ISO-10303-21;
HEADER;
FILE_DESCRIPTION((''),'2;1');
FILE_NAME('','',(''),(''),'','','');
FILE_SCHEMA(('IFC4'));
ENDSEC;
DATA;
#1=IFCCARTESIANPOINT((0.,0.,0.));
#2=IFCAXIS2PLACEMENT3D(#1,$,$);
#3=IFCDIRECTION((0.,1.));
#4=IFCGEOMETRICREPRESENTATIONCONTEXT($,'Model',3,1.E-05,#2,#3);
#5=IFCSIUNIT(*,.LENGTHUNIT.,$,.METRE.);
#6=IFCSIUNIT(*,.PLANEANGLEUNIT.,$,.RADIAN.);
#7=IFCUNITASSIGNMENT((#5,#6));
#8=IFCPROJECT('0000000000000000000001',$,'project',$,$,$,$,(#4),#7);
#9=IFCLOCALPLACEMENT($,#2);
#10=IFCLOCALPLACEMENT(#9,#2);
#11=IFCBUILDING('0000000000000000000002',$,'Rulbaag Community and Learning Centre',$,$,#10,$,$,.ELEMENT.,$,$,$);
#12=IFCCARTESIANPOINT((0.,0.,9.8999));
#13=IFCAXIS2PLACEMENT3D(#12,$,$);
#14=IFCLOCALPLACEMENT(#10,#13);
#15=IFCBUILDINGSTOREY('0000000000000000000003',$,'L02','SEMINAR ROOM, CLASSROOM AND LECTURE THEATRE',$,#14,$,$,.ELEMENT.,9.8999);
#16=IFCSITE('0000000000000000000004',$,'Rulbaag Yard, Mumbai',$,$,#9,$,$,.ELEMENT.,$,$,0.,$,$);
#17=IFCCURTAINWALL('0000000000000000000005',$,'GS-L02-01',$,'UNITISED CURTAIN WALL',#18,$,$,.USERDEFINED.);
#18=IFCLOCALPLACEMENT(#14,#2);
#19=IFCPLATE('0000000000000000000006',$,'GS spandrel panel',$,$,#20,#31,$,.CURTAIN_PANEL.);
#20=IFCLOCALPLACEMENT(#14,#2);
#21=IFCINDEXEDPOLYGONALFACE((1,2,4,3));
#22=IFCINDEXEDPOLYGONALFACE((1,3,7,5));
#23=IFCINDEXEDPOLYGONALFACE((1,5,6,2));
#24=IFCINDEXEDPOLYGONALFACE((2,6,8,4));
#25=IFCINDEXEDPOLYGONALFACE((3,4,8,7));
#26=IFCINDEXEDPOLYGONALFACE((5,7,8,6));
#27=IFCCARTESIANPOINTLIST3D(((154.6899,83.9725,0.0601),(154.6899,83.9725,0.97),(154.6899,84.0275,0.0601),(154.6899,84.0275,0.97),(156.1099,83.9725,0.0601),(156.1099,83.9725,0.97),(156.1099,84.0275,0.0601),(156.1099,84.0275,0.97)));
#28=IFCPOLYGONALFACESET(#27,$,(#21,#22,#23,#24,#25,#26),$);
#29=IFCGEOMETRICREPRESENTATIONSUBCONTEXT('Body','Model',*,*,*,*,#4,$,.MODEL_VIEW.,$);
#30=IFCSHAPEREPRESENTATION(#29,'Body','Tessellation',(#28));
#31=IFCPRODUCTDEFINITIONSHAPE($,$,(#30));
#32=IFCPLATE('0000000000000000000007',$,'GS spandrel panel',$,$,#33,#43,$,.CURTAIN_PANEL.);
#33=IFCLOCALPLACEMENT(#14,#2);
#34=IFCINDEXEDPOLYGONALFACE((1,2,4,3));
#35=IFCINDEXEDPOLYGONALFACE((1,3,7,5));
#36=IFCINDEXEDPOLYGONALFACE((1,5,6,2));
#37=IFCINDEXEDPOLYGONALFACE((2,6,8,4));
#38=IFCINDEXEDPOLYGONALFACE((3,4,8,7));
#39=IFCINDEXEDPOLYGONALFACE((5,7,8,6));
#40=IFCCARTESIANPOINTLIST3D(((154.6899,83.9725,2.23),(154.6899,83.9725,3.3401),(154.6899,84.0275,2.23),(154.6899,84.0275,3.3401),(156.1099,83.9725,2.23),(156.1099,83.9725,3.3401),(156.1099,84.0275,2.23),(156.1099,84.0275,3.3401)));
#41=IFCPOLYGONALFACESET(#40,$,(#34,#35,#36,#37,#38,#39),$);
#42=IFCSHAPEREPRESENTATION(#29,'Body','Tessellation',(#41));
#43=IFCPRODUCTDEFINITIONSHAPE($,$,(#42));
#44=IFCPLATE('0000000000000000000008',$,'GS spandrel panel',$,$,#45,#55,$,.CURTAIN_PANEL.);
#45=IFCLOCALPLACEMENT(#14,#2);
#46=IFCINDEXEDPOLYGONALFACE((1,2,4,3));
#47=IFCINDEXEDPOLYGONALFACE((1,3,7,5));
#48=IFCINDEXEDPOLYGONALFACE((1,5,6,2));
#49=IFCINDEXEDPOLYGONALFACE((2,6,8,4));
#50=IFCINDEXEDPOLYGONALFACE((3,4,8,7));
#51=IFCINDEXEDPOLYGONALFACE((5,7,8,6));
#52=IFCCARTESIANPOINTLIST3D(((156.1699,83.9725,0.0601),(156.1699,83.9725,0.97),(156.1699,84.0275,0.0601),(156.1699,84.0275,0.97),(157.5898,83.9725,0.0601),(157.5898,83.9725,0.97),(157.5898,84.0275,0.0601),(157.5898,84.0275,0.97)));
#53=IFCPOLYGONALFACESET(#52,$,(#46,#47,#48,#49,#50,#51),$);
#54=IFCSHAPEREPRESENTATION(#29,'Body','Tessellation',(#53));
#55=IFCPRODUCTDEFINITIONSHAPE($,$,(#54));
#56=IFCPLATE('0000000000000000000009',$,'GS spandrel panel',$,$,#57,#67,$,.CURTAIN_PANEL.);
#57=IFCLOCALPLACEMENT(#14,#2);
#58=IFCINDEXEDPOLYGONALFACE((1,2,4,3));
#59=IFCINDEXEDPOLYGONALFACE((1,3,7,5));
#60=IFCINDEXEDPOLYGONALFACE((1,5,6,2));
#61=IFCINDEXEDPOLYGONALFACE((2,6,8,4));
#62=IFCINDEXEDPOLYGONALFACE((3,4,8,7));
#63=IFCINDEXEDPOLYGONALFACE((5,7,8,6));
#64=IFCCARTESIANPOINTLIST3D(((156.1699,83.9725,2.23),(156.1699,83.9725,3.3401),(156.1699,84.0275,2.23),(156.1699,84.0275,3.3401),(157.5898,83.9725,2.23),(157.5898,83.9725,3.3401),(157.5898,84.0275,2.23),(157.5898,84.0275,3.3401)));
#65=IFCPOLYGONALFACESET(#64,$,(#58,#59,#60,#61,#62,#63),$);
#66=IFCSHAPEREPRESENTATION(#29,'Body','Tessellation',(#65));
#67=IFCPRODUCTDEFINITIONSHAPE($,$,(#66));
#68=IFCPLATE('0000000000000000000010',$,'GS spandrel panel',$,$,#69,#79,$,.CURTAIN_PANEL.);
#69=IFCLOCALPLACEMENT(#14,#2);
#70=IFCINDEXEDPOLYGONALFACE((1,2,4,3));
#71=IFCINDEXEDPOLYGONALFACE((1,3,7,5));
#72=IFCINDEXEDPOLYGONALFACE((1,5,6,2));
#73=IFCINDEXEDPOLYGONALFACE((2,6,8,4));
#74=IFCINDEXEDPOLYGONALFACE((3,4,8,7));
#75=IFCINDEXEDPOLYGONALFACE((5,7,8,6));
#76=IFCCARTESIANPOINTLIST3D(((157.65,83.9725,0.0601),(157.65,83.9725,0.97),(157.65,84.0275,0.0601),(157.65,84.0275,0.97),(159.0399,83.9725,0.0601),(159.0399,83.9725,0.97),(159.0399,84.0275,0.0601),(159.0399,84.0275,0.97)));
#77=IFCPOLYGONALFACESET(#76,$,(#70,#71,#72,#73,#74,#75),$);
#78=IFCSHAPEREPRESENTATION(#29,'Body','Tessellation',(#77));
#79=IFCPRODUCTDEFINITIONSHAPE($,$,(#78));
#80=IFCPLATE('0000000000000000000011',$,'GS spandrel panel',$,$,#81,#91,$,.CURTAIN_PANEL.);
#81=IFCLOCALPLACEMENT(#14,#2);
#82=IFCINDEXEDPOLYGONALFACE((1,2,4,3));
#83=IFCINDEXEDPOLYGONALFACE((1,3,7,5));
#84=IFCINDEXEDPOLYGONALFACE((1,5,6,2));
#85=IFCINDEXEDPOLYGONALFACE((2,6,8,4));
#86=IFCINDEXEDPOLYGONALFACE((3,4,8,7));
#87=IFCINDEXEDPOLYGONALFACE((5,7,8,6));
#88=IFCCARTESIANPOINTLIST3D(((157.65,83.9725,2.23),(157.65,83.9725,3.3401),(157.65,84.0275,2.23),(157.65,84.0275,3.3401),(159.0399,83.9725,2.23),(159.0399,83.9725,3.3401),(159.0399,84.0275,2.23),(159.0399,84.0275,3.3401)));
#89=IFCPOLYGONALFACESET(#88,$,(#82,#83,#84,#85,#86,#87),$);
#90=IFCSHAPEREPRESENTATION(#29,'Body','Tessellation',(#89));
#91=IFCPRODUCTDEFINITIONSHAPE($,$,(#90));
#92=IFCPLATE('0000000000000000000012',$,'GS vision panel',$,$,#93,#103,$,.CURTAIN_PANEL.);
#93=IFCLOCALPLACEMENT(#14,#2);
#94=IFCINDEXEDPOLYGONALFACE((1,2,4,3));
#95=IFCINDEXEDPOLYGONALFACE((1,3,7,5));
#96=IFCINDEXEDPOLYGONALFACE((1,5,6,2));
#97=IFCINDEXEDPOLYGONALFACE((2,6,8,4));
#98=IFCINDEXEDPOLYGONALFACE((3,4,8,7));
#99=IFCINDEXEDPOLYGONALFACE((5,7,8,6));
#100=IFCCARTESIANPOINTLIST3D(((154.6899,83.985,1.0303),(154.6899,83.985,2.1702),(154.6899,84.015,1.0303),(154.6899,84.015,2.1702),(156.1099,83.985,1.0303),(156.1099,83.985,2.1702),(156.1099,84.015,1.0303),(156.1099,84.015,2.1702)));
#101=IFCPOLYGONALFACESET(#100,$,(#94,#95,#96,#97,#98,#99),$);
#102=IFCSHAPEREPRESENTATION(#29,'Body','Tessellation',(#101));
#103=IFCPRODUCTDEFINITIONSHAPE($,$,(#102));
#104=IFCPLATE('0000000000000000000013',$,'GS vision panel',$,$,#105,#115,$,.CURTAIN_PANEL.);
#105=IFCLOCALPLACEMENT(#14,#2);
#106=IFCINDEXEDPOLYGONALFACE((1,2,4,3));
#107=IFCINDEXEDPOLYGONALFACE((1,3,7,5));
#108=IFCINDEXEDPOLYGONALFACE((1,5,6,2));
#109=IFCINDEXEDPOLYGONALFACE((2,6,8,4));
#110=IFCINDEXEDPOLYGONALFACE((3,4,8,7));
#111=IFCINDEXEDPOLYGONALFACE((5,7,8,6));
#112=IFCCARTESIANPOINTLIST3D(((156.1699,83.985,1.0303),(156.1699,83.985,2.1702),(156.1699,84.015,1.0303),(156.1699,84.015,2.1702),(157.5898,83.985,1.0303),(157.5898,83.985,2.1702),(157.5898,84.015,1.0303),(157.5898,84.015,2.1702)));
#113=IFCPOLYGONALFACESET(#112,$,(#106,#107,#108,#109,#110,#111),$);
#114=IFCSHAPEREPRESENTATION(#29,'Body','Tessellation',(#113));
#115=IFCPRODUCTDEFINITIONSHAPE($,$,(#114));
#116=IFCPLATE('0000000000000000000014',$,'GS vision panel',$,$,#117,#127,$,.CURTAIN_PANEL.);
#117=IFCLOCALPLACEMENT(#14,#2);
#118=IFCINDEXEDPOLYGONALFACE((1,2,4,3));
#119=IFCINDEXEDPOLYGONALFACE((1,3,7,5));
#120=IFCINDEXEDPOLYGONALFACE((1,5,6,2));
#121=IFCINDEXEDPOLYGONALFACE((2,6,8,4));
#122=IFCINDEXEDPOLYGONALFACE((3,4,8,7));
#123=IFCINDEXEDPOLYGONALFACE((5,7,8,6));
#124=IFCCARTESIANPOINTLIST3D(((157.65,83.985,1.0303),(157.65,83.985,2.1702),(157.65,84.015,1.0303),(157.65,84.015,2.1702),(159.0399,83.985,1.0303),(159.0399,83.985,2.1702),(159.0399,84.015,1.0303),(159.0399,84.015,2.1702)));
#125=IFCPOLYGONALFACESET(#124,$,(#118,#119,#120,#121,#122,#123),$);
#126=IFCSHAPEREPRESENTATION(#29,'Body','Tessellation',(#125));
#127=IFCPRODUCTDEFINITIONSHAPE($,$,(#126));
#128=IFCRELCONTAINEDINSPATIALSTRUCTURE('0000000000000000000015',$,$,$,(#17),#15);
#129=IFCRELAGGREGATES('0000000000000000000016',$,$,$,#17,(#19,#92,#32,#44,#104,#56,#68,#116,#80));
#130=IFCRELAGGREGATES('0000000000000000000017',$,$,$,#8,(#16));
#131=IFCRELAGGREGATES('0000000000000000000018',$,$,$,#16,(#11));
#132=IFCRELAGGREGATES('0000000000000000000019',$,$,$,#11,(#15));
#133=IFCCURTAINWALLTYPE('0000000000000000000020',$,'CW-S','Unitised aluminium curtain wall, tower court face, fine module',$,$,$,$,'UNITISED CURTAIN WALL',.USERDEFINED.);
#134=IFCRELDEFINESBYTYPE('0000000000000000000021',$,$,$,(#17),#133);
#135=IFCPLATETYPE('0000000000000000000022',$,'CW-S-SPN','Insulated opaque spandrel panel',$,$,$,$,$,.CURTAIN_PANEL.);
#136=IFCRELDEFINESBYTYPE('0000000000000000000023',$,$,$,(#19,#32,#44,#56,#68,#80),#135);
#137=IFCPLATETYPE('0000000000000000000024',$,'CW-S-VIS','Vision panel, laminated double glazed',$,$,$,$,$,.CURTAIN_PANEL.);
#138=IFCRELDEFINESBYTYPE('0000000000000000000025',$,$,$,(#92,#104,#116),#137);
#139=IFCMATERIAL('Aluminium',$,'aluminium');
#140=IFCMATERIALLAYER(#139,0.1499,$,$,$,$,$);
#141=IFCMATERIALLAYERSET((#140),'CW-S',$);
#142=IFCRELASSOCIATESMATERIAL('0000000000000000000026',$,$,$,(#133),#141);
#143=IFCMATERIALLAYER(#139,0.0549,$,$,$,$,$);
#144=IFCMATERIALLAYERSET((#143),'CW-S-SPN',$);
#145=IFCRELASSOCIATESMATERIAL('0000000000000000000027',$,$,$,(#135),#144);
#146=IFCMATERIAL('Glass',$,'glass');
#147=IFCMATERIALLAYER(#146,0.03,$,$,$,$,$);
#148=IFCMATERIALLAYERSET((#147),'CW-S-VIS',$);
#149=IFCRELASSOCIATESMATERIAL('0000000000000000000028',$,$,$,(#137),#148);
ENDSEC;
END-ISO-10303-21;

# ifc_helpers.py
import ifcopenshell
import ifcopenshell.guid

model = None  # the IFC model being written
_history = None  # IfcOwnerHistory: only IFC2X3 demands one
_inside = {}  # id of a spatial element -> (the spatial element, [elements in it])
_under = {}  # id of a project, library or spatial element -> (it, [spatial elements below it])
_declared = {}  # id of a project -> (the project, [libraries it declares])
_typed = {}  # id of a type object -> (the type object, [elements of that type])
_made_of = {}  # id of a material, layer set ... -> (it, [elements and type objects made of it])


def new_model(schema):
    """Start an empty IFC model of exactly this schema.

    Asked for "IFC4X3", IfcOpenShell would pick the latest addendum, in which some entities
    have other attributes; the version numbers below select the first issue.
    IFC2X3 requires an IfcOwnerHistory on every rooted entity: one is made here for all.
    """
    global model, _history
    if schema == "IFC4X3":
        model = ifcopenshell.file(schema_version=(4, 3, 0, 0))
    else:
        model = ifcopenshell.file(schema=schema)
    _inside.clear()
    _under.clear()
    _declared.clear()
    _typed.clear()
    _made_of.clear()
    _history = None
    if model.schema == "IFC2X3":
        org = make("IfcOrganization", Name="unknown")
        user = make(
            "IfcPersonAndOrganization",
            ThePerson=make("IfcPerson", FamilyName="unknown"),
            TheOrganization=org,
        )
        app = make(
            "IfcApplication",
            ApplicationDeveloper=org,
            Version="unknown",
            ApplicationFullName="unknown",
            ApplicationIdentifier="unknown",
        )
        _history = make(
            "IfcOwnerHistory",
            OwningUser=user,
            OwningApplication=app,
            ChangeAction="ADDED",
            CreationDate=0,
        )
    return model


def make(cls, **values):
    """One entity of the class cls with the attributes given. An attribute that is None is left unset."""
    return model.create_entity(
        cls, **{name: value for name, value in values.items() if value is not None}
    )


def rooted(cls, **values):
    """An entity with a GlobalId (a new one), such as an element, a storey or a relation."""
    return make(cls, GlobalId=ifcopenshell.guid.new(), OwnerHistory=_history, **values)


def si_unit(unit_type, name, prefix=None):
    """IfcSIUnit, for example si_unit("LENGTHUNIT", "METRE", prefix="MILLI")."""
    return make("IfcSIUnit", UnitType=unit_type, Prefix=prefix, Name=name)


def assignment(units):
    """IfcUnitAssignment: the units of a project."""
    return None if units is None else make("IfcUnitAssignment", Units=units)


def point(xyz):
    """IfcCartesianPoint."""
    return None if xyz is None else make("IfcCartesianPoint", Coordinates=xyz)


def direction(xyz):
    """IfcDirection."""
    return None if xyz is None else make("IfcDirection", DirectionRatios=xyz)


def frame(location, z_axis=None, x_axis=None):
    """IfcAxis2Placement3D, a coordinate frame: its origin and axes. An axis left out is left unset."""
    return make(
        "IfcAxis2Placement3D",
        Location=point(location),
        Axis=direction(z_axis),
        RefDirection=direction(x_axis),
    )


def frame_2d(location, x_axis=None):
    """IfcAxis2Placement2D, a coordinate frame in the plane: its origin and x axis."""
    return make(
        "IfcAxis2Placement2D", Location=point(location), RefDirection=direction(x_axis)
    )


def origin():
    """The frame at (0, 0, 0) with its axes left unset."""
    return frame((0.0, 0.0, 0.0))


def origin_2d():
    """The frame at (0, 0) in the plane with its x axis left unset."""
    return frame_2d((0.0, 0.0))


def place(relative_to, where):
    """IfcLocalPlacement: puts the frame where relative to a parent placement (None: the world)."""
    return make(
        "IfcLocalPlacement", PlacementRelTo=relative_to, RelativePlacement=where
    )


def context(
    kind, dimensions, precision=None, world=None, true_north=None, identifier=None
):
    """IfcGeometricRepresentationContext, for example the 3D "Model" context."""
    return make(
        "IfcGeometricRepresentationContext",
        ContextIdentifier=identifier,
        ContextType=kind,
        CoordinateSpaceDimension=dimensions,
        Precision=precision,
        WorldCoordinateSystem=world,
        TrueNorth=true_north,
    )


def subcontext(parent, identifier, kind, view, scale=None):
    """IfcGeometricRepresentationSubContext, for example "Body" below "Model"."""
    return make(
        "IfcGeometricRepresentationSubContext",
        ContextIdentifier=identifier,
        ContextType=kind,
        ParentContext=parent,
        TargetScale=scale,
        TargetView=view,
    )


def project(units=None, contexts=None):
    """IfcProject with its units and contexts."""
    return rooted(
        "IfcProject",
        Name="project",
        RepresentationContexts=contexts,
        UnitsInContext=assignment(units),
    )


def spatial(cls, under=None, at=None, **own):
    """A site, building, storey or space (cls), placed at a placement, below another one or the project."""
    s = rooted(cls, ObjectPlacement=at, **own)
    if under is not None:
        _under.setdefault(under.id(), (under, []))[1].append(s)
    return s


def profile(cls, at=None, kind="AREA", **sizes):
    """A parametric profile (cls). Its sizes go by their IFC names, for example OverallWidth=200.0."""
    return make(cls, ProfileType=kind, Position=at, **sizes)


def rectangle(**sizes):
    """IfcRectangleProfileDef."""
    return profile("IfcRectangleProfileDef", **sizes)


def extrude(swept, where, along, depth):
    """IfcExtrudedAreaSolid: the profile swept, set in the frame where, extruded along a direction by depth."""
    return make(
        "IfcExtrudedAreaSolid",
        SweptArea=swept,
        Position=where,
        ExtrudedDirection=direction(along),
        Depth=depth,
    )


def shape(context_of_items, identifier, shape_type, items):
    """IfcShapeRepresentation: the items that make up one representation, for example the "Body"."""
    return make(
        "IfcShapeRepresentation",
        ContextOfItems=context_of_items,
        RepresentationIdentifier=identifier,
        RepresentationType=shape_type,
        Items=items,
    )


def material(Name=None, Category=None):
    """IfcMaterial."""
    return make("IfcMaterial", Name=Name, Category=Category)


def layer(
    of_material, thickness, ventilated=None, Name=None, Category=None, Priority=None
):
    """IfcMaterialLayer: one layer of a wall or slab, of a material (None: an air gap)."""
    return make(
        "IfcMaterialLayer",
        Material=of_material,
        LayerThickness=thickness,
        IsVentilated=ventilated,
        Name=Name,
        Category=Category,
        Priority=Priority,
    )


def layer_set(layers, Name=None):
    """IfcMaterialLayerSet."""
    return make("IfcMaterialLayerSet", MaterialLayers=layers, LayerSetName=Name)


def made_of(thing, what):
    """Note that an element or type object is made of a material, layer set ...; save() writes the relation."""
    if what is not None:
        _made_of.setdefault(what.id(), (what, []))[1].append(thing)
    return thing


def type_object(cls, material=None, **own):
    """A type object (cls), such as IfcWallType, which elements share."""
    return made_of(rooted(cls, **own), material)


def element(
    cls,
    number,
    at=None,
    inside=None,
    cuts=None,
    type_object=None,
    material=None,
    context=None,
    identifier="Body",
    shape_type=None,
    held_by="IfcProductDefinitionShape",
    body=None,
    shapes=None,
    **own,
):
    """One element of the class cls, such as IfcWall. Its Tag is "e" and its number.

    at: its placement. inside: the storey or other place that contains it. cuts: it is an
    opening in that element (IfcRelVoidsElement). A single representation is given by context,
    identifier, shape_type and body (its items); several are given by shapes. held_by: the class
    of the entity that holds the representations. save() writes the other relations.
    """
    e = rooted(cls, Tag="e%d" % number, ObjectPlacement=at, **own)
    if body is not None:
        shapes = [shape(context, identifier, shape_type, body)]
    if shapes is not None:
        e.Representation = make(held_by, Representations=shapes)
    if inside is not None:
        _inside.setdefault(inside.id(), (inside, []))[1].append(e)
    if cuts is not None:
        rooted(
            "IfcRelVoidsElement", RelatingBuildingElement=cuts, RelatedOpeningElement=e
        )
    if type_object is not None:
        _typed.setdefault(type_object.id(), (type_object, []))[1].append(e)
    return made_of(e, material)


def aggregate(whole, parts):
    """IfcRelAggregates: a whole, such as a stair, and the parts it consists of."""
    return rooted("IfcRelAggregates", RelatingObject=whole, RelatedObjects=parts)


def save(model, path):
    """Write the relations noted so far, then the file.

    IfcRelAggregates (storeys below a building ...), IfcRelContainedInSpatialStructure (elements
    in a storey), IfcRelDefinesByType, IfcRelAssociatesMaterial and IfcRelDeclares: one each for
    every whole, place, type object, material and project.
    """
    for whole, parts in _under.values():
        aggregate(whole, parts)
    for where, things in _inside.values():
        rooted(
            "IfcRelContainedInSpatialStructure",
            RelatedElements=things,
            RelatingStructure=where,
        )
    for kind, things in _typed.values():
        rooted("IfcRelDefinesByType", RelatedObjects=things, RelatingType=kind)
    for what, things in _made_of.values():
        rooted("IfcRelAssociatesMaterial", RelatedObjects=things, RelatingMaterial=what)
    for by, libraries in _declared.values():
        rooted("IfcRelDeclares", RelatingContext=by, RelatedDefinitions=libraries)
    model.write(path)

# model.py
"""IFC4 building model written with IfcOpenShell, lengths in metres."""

from ifc_helpers import new_model, si_unit, direction, frame, origin, origin_2d, place, context, subcontext, project, spatial, rectangle, extrude, material, layer, layer_set, type_object, element, aggregate, save


model = new_model("IFC4")

# Units and contexts
model_context = context("Model", 3, precision=1e-05, world=origin(), true_north=direction((0.0, 1.0)))
body_context = subcontext(model_context, "Body", "Model", "MODEL_VIEW")
ifc_project = project(units=[si_unit("LENGTHUNIT", "METRE"), si_unit("PLANEANGLEUNIT", "RADIAN")], contexts=[model_context])

# Site, building, storey
site_placement = place(None, origin())
site = spatial("IfcSite", under=ifc_project, at=site_placement, Name="Rulbaag Yard, Mumbai", CompositionType="ELEMENT", RefElevation=0.0)
building_placement = place(site_placement, origin())
building = spatial("IfcBuilding", under=site, at=building_placement, Name="Rulbaag Community and Learning Centre", CompositionType="ELEMENT")
storey_placement = place(building_placement, frame((0.0, 0.0, 9.8999)))
storey = spatial("IfcBuildingStorey", under=building, at=storey_placement, Name="L02", Description="SEMINAR ROOM, CLASSROOM AND LECTURE THEATRE", CompositionType="ELEMENT", Elevation=9.8999)

# Curtain wall, plates
ifc_material_1 = material(Name="Aluminium", Category="aluminium")
ifc_layer_1 = layer(ifc_material_1, 0.1499)
ifc_layer_set_1 = layer_set([ifc_layer_1], Name="CW-S")
curtain_wall_type = type_object("IfcCurtainWallType", Name="CW-S", Description="Unitised aluminium curtain wall, tower court face, fine module", ElementType="UNITISED CURTAIN WALL", PredefinedType="USERDEFINED", material=ifc_layer_set_1)
curtain_wall_placement = place(storey_placement, origin())
curtain_wall = element("IfcCurtainWall", 1, at=curtain_wall_placement, inside=storey, type_object=curtain_wall_type, Name="GS-L02-01", ObjectType="UNITISED CURTAIN WALL", PredefinedType="USERDEFINED")
ifc_layer_2 = layer(ifc_material_1, 0.0549)
ifc_layer_set_2 = layer_set([ifc_layer_2], Name="CW-S-SPN")
plate_type_1 = type_object("IfcPlateType", Name="CW-S-SPN", Description="Insulated opaque spandrel panel", PredefinedType="CURTAIN_PANEL", material=ifc_layer_set_2)
plate_1_placement = place(storey_placement, frame((155.3999, 84.0, 0.0601), z_axis=(0.0, 0.0, 1.0), x_axis=(1.0, 0.0, 0.0)))
plate_1 = element("IfcPlate", 2, at=plate_1_placement, type_object=plate_type_1, Name="GS spandrel panel", PredefinedType="CURTAIN_PANEL", context=body_context, shape_type="SweptSolid", body=[
    extrude(rectangle(XDim=1.4199, YDim=0.0549, at=origin_2d()), origin(), (0.0, 0.0, 1.0), 0.9099),
])
plate_2_placement = place(storey_placement, frame((155.3999, 84.0, 2.23), z_axis=(0.0, 0.0, 1.0), x_axis=(1.0, 0.0, 0.0)))
plate_2 = element("IfcPlate", 3, at=plate_2_placement, type_object=plate_type_1, Name="GS spandrel panel", PredefinedType="CURTAIN_PANEL", context=body_context, shape_type="SweptSolid", body=[
    extrude(rectangle(XDim=1.4199, YDim=0.0549, at=origin_2d()), origin(), (0.0, 0.0, 1.0), 1.1101),
])
plate_3_placement = place(storey_placement, frame((156.8799, 84.0, 0.0601), z_axis=(0.0, 0.0, 1.0), x_axis=(1.0, 0.0, 0.0)))
plate_3 = element("IfcPlate", 4, at=plate_3_placement, type_object=plate_type_1, Name="GS spandrel panel", PredefinedType="CURTAIN_PANEL", context=body_context, shape_type="SweptSolid", body=[
    extrude(rectangle(XDim=1.4199, YDim=0.0549, at=origin_2d()), origin(), (0.0, 0.0, 1.0), 0.9099),
])
plate_4_placement = place(storey_placement, frame((156.8799, 84.0, 2.23), z_axis=(0.0, 0.0, 1.0), x_axis=(1.0, 0.0, 0.0)))
plate_4 = element("IfcPlate", 5, at=plate_4_placement, type_object=plate_type_1, Name="GS spandrel panel", PredefinedType="CURTAIN_PANEL", context=body_context, shape_type="SweptSolid", body=[
    extrude(rectangle(XDim=1.4199, YDim=0.0549, at=origin_2d()), origin(), (0.0, 0.0, 1.0), 1.1101),
])
plate_5_placement = place(storey_placement, frame((158.345, 84.0, 0.0601), z_axis=(0.0, 0.0, 1.0), x_axis=(1.0, 0.0, 0.0)))
plate_5 = element("IfcPlate", 6, at=plate_5_placement, type_object=plate_type_1, Name="GS spandrel panel", PredefinedType="CURTAIN_PANEL", context=body_context, shape_type="SweptSolid", body=[
    extrude(rectangle(XDim=1.3899, YDim=0.0549, at=origin_2d()), origin(), (0.0, 0.0, 1.0), 0.9099),
])
plate_6_placement = place(storey_placement, frame((158.345, 84.0, 2.23), z_axis=(0.0, 0.0, 1.0), x_axis=(1.0, 0.0, 0.0)))
plate_6 = element("IfcPlate", 7, at=plate_6_placement, type_object=plate_type_1, Name="GS spandrel panel", PredefinedType="CURTAIN_PANEL", context=body_context, shape_type="SweptSolid", body=[
    extrude(rectangle(XDim=1.3899, YDim=0.0549, at=origin_2d()), origin(), (0.0, 0.0, 1.0), 1.1101),
])
ifc_material_2 = material(Name="Glass", Category="glass")
ifc_layer_3 = layer(ifc_material_2, 0.03)
ifc_layer_set_3 = layer_set([ifc_layer_3], Name="CW-S-VIS")
plate_type_2 = type_object("IfcPlateType", Name="CW-S-VIS", Description="Vision panel, laminated double glazed", PredefinedType="CURTAIN_PANEL", material=ifc_layer_set_3)
plate_7_placement = place(storey_placement, frame((155.3999, 84.0, 1.0303), z_axis=(0.0, 0.0, 1.0), x_axis=(1.0, 0.0, 0.0)))
plate_7 = element("IfcPlate", 8, at=plate_7_placement, type_object=plate_type_2, Name="GS vision panel", PredefinedType="CURTAIN_PANEL", context=body_context, shape_type="SweptSolid", body=[
    extrude(rectangle(XDim=1.4199, YDim=0.03, at=origin_2d()), origin(), (0.0, 0.0, 1.0), 1.1399),
])
plate_8_placement = place(storey_placement, frame((156.8799, 84.0, 1.0303), z_axis=(0.0, 0.0, 1.0), x_axis=(1.0, 0.0, 0.0)))
plate_8 = element("IfcPlate", 9, at=plate_8_placement, type_object=plate_type_2, Name="GS vision panel", PredefinedType="CURTAIN_PANEL", context=body_context, shape_type="SweptSolid", body=[
    extrude(rectangle(XDim=1.4199, YDim=0.03, at=origin_2d()), origin(), (0.0, 0.0, 1.0), 1.1399),
])
plate_9_placement = place(storey_placement, frame((158.345, 84.0, 1.0303), z_axis=(0.0, 0.0, 1.0), x_axis=(1.0, 0.0, 0.0)))
plate_9 = element("IfcPlate", 10, at=plate_9_placement, type_object=plate_type_2, Name="GS vision panel", PredefinedType="CURTAIN_PANEL", context=body_context, shape_type="SweptSolid", body=[
    extrude(rectangle(XDim=1.3899, YDim=0.03, at=origin_2d()), origin(), (0.0, 0.0, 1.0), 1.1399),
])
aggregate(curtain_wall, [plate_1, plate_7, plate_2, plate_3, plate_8, plate_4, plate_5, plate_9, plate_6])

save(model, "model.ifc")
